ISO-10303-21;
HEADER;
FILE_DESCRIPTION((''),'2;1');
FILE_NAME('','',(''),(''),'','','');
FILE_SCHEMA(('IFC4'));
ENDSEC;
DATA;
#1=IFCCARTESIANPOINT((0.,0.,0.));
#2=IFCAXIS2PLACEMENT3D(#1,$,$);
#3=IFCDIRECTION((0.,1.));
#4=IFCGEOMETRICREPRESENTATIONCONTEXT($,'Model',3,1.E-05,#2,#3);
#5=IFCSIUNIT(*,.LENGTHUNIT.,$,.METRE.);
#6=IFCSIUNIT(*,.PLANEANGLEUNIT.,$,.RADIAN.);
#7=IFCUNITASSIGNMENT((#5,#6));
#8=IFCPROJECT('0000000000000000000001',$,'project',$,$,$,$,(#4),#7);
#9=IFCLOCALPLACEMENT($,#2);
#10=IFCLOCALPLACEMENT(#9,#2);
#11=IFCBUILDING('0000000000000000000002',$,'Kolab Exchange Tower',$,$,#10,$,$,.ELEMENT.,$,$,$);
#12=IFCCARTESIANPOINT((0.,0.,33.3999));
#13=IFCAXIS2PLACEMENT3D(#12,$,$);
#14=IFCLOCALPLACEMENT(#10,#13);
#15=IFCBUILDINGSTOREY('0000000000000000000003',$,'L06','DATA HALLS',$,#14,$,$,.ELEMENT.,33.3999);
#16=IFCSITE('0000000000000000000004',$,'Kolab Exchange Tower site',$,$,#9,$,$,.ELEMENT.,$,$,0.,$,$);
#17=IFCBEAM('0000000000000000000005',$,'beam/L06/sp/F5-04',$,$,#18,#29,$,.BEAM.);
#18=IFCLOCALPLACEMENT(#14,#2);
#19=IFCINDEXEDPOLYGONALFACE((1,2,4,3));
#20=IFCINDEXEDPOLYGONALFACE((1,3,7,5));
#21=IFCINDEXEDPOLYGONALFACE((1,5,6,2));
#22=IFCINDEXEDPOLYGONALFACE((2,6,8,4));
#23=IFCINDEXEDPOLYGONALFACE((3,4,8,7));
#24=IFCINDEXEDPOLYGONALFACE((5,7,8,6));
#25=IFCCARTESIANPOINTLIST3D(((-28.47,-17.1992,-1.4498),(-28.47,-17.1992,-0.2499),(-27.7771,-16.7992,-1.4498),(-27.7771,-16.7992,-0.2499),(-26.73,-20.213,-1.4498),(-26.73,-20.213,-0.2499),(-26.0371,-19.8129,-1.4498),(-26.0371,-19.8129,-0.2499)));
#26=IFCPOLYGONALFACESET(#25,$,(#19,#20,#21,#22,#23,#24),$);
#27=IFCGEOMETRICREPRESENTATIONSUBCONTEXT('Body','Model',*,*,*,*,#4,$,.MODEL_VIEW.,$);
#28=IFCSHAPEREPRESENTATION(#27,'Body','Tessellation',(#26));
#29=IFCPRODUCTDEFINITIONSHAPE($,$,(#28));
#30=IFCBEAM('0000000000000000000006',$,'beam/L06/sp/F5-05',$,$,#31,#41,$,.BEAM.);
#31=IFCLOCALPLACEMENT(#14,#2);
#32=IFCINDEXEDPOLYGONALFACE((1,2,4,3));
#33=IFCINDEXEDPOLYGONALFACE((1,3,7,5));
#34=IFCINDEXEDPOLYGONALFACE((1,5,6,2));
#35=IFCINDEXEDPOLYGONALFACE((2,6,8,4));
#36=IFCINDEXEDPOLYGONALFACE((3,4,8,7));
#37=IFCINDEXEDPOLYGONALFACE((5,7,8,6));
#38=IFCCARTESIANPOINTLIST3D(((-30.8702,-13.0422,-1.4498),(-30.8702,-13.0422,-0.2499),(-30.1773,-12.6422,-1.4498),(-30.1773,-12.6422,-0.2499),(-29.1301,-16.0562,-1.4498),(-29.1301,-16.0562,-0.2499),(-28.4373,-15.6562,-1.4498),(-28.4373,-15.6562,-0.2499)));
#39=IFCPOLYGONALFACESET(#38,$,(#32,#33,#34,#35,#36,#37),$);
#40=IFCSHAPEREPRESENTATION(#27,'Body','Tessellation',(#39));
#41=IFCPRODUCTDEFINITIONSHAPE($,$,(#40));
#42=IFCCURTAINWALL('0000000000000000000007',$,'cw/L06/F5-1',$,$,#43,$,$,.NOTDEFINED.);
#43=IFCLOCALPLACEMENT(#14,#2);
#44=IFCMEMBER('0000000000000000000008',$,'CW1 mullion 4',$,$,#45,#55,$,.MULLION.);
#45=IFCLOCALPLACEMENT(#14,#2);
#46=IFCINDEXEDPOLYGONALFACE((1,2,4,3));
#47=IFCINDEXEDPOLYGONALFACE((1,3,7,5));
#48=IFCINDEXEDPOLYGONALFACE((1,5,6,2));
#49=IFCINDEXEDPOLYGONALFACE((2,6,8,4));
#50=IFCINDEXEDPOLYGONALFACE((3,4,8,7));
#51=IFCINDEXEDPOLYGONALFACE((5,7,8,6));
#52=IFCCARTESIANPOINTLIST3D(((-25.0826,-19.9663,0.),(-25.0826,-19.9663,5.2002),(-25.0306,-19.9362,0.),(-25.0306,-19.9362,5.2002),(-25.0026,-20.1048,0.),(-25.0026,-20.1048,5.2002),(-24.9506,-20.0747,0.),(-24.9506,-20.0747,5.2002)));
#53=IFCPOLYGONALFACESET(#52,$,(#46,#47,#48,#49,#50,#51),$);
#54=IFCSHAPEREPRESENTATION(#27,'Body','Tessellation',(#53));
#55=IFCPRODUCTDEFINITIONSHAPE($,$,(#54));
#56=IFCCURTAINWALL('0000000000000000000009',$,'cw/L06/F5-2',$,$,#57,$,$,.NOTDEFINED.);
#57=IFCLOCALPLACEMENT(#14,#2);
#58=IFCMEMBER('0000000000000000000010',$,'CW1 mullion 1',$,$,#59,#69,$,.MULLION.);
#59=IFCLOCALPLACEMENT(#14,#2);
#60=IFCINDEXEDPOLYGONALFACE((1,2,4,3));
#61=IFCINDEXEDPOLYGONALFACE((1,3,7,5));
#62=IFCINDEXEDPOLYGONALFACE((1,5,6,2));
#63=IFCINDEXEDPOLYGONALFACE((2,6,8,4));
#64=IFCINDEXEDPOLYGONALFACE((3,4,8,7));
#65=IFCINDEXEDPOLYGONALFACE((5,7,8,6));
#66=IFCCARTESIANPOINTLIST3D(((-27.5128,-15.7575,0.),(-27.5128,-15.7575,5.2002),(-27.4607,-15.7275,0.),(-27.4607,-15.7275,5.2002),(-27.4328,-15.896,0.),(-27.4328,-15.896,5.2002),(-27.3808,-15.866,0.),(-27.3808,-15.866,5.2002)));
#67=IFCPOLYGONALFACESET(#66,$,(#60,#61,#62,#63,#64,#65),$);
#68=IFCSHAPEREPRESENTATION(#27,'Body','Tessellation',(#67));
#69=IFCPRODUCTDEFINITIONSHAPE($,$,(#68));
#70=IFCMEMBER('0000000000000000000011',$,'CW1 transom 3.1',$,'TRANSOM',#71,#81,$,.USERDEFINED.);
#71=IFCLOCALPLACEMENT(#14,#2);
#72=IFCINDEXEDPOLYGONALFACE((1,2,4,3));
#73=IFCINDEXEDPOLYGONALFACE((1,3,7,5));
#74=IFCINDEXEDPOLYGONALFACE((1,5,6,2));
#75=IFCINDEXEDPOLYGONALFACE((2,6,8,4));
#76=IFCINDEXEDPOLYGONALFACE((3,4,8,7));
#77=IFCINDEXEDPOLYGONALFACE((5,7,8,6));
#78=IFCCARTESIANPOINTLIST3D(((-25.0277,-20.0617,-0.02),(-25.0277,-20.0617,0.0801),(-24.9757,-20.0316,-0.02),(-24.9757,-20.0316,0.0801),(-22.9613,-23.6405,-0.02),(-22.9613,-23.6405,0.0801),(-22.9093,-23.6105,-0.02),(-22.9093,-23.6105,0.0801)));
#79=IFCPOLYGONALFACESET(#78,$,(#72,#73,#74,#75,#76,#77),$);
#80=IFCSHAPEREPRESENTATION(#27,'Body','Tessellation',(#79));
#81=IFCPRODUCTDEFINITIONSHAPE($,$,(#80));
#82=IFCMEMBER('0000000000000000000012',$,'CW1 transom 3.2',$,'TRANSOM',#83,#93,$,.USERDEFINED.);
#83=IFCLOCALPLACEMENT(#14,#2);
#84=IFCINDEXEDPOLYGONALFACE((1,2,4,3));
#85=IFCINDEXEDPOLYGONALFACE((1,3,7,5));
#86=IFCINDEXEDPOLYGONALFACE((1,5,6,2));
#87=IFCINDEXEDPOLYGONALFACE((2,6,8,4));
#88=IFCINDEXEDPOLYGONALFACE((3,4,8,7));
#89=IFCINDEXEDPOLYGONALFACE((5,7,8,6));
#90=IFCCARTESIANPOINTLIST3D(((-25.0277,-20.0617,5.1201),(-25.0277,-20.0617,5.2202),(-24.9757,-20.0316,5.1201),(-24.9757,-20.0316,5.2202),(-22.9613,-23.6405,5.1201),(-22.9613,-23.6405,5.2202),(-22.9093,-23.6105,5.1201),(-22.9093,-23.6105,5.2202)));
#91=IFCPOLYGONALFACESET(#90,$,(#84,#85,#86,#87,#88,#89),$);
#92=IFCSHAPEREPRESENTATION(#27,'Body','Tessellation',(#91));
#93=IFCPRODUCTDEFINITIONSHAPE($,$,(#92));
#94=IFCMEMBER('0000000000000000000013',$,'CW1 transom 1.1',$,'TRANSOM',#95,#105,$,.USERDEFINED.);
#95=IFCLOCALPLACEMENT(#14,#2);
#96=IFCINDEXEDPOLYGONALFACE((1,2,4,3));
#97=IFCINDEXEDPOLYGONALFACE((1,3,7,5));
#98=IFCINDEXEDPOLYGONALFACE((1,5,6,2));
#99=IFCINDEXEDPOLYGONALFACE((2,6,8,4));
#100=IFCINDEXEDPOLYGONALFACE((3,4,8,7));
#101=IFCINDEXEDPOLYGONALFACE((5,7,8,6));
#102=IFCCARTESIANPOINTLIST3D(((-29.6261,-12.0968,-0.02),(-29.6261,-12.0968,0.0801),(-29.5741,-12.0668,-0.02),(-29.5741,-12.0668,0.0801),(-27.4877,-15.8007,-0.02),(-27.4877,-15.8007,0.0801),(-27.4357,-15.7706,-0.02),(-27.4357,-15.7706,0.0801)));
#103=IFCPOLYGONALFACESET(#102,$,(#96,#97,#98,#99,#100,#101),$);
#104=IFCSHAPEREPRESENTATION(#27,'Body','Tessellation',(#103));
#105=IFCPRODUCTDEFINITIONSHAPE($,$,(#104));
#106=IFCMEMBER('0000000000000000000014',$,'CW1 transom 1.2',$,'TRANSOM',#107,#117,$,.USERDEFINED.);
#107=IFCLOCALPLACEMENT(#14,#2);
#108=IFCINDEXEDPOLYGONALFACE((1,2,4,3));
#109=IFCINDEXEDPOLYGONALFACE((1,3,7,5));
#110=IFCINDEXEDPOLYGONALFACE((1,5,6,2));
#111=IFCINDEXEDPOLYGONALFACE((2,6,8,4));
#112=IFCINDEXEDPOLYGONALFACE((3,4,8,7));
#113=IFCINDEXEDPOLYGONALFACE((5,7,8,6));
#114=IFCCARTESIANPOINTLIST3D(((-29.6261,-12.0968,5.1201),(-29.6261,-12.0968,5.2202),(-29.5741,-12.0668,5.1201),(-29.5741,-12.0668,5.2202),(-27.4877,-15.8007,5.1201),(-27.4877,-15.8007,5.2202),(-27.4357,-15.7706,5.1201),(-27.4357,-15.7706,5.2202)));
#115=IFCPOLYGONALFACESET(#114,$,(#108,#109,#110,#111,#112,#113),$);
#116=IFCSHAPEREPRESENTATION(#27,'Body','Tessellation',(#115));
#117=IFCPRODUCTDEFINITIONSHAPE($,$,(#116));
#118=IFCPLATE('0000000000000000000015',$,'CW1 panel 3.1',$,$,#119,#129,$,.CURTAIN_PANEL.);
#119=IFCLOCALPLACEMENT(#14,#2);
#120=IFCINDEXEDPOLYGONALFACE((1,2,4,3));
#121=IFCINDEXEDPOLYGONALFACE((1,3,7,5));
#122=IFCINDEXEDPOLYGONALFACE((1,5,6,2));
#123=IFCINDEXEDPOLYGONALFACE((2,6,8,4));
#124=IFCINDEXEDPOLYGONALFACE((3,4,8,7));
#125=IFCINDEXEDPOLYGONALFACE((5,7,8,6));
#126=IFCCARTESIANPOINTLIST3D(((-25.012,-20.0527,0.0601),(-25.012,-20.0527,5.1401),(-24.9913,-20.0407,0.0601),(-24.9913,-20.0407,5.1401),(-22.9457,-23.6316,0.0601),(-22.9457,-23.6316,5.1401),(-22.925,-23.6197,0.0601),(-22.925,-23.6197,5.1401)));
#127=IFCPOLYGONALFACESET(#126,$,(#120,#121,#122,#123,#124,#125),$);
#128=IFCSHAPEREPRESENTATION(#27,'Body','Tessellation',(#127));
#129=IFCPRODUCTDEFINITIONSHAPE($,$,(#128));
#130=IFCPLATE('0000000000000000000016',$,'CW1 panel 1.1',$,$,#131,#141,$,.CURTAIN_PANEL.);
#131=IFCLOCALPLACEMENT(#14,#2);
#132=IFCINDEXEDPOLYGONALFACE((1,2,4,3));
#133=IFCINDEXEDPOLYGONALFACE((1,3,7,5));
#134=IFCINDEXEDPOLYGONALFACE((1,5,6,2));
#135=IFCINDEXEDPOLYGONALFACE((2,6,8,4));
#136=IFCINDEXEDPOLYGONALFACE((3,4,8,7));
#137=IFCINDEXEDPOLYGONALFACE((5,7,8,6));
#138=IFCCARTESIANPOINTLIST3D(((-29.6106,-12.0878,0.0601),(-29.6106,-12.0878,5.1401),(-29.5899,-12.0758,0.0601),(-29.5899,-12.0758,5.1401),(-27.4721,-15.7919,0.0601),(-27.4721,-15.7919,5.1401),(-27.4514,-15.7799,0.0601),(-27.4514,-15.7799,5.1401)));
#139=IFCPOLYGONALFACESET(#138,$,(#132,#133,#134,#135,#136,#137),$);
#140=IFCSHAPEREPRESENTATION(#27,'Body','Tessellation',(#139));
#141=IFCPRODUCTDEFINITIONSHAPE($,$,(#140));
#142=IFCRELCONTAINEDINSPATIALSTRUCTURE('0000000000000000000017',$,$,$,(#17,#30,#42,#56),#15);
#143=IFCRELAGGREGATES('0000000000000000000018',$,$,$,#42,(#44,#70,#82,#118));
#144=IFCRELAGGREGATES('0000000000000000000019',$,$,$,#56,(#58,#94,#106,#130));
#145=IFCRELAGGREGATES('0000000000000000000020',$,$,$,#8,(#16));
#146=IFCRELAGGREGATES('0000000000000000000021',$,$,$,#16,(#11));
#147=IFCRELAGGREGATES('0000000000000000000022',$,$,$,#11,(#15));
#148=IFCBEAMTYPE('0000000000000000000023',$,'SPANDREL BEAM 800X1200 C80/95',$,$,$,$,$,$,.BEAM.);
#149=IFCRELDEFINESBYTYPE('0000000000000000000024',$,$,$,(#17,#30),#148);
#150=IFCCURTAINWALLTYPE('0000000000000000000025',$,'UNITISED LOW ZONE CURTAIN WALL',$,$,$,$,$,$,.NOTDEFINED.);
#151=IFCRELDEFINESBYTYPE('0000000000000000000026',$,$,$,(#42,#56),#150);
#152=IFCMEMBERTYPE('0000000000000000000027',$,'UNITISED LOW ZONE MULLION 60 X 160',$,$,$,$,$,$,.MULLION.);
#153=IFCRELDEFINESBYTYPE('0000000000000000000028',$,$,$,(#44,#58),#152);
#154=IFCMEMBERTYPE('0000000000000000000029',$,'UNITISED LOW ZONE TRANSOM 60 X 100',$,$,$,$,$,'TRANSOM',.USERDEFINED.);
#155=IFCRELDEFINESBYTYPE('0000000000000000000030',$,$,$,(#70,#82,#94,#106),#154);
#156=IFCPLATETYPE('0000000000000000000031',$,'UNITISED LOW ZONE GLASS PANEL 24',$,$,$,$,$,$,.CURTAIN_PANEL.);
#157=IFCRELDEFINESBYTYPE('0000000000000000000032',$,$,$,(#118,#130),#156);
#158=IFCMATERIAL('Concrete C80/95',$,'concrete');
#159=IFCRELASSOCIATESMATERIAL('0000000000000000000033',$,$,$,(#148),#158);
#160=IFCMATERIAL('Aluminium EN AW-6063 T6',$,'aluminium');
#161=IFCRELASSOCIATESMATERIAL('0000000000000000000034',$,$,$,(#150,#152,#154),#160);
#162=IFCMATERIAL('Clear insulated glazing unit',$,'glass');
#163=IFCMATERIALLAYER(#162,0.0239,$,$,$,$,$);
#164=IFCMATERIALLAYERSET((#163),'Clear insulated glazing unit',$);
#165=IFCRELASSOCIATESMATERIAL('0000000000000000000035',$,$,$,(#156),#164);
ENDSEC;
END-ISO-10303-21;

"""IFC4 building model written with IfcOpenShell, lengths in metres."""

from ifc_helpers import new_model, si_unit, direction, frame, origin, origin_2d, place, context, subcontext, project, spatial, rectangle, extrude, material, layer, layer_set, material_profile, profile_set, type_object, element, aggregate, save


model = new_model("IFC4")

# Units and contexts
model_context = context("Model", 3, precision=1e-05, world=origin(), true_north=direction((0.0, 1.0)))
body_context = subcontext(model_context, "Body", "Model", "MODEL_VIEW")
ifc_project = project(units=[si_unit("LENGTHUNIT", "METRE"), si_unit("PLANEANGLEUNIT", "RADIAN")], contexts=[model_context])

# Site, building, storey
site_placement = place(None, origin())
site = spatial("IfcSite", under=ifc_project, at=site_placement, Name="Kolab Exchange Tower site", CompositionType="ELEMENT", RefElevation=0.0)
building_placement = place(site_placement, origin())
building = spatial("IfcBuilding", under=site, at=building_placement, Name="Kolab Exchange Tower", CompositionType="ELEMENT")
storey_placement = place(building_placement, frame((0.0, 0.0, 33.3999)))
storey = spatial("IfcBuildingStorey", under=building, at=storey_placement, Name="L06", Description="DATA HALLS", CompositionType="ELEMENT", Elevation=33.3999)

# Shared definitions
ifc_material_1 = material(Name="Concrete C80/95", Category="concrete")

# Beams
ifc_material_profile_1 = material_profile(ifc_material_1, rectangle(XDim=0.8, YDim=1.2, at=origin_2d()), Name="RC800X1200")
ifc_profile_set_1 = profile_set([ifc_material_profile_1], Name="Concrete C80/95")
beam_type_1 = type_object("IfcBeamType", Name="SPANDREL BEAM 800X1200 C80/95", PredefinedType="BEAM", material=ifc_profile_set_1)
beam_1_placement = place(storey_placement, frame((-26.3835, -20.0129, -0.8499), z_axis=(-0.50001, 0.86602, 0.0), x_axis=(-0.86602, -0.50001, 0.0)))
element("IfcBeam", 1, at=beam_1_placement, inside=storey, type_object=beam_type_1, Name="beam/L06/sp/F5-04", PredefinedType="BEAM", context=body_context, shape_type="SweptSolid", body=[
    extrude(rectangle(XDim=0.8, YDim=1.2, at=origin_2d()), origin(), (0.0, 0.0, 1.0), 3.48),
])
beam_2_placement = place(storey_placement, frame((-28.7837, -15.8562, -0.8499), z_axis=(-0.49998, 0.866037, 0.0), x_axis=(-0.866037, -0.49998, 0.0)))
element("IfcBeam", 2, at=beam_2_placement, inside=storey, type_object=beam_type_1, Name="beam/L06/sp/F5-05", PredefinedType="BEAM", context=body_context, shape_type="SweptSolid", body=[
    extrude(rectangle(XDim=0.8, YDim=1.2, at=origin_2d()), origin(), (0.0, 0.0, 1.0), 3.4802),
])

# Curtain walls, members
ifc_material_2 = material(Name="Aluminium EN AW-6063 T6", Category="aluminium")
curtain_wall_type = type_object("IfcCurtainWallType", Name="UNITISED LOW ZONE CURTAIN WALL", PredefinedType="NOTDEFINED", material=ifc_material_2)
curtain_wall_1_placement = place(storey_placement, origin())
curtain_wall_1 = element("IfcCurtainWall", 3, at=curtain_wall_1_placement, inside=storey, type_object=curtain_wall_type, Name="cw/L06/F5-1", PredefinedType="NOTDEFINED")
ifc_material_profile_2 = material_profile(ifc_material_2, rectangle(XDim=0.0601, YDim=0.1599, at=origin_2d()), Name="RECT 60X160")
ifc_profile_set_2 = profile_set([ifc_material_profile_2], Name="Aluminium EN AW-6063 T6")
member_type_1 = type_object("IfcMemberType", Name="UNITISED LOW ZONE MULLION 60 X 160", PredefinedType="MULLION", material=ifc_profile_set_2)
member_1_placement = place(storey_placement, frame((-25.0166, -20.0205, 0.0), z_axis=(0.0, 0.0, 1.0), x_axis=(-0.866025, -0.5, 0.0)))
member_1 = element("IfcMember", 4, at=member_1_placement, type_object=member_type_1, Name="CW1 mullion 4", PredefinedType="MULLION", context=body_context, shape_type="SweptSolid", body=[
    extrude(rectangle(XDim=0.0601, YDim=0.1599, at=origin_2d()), origin(), (0.0, 0.0, 1.0), 5.2002),
])
curtain_wall_2_placement = place(storey_placement, origin())
curtain_wall_2 = element("IfcCurtainWall", 5, at=curtain_wall_2_placement, inside=storey, type_object=curtain_wall_type, Name="cw/L06/F5-2", PredefinedType="NOTDEFINED")
member_2_placement = place(storey_placement, frame((-27.4468, -15.8118, 0.0), z_axis=(0.0, 0.0, 1.0), x_axis=(-0.866025, -0.5, 0.0)))
member_2 = element("IfcMember", 6, at=member_2_placement, type_object=member_type_1, Name="CW1 mullion 1", PredefinedType="MULLION", context=body_context, shape_type="SweptSolid", body=[
    extrude(rectangle(XDim=0.0601, YDim=0.1599, at=origin_2d()), origin(), (0.0, 0.0, 1.0), 5.2002),
])

# Members
ifc_material_profile_3 = material_profile(ifc_material_2, rectangle(XDim=0.0601, YDim=0.1001, at=origin_2d()), Name="RECT 60X100")
ifc_profile_set_3 = profile_set([ifc_material_profile_3], Name="Aluminium EN AW-6063 T6")
member_type_2 = type_object("IfcMemberType", Name="UNITISED LOW ZONE TRANSOM 60 X 100", ElementType="TRANSOM", PredefinedType="USERDEFINED", material=ifc_profile_set_3)
member_3_placement = place(storey_placement, frame((-22.9353, -23.6255, 0.03), z_axis=(-0.500028, 0.866009, 0.0), x_axis=(-0.866009, -0.500028, 0.0)))
member_3 = element("IfcMember", 7, at=member_3_placement, type_object=member_type_2, Name="CW1 transom 3.1", ObjectType="TRANSOM", PredefinedType="USERDEFINED", context=body_context, shape_type="SweptSolid", body=[
    extrude(rectangle(XDim=0.0601, YDim=0.1001, at=origin_2d()), origin(), (0.0, 0.0, 1.0), 4.1326),
])
member_4_placement = place(storey_placement, frame((-22.9353, -23.6255, 5.1702), z_axis=(-0.500028, 0.866009, 0.0), x_axis=(-0.866009, -0.500028, 0.0)))
member_4 = element("IfcMember", 8, at=member_4_placement, type_object=member_type_2, Name="CW1 transom 3.2", ObjectType="TRANSOM", PredefinedType="USERDEFINED", context=body_context, shape_type="SweptSolid", body=[
    extrude(rectangle(XDim=0.0601, YDim=0.1001, at=origin_2d()), origin(), (0.0, 0.0, 1.0), 4.1326),
])
member_5_placement = place(storey_placement, frame((-27.4617, -15.7856, 0.03), z_axis=(-0.500001, 0.866025, 0.0), x_axis=(-0.866025, -0.500001, 0.0)))
member_5 = element("IfcMember", 9, at=member_5_placement, type_object=member_type_2, Name="CW1 transom 1.1", ObjectType="TRANSOM", PredefinedType="USERDEFINED", context=body_context, shape_type="SweptSolid", body=[
    extrude(rectangle(XDim=0.0601, YDim=0.1001, at=origin_2d()), origin(), (0.0, 0.0, 1.0), 4.2769),
])
member_6_placement = place(storey_placement, frame((-27.4617, -15.7856, 5.1702), z_axis=(-0.500001, 0.866025, 0.0), x_axis=(-0.866025, -0.500001, 0.0)))
member_6 = element("IfcMember", 10, at=member_6_placement, type_object=member_type_2, Name="CW1 transom 1.2", ObjectType="TRANSOM", PredefinedType="USERDEFINED", context=body_context, shape_type="SweptSolid", body=[
    extrude(rectangle(XDim=0.0601, YDim=0.1001, at=origin_2d()), origin(), (0.0, 0.0, 1.0), 4.2769),
])

# Plates
ifc_material_3 = material(Name="Clear insulated glazing unit", Category="glass")
ifc_layer_1 = layer(ifc_material_3, 0.0239)
ifc_layer_set_1 = layer_set([ifc_layer_1], Name="Clear insulated glazing unit")
plate_type = type_object("IfcPlateType", Name="UNITISED LOW ZONE GLASS PANEL 24", PredefinedType="CURTAIN_PANEL", material=ifc_layer_set_1)
plate_1_placement = place(storey_placement, frame((-23.9685, -21.8362, 0.0601), z_axis=(0.0, 0.0, 1.0), x_axis=(-0.5, 0.866025, 0.0)))
plate_1 = element("IfcPlate", 11, at=plate_1_placement, type_object=plate_type, Name="CW1 panel 3.1", PredefinedType="CURTAIN_PANEL", context=body_context, shape_type="SweptSolid", body=[
    extrude(rectangle(XDim=4.1326, YDim=0.0239, at=origin_2d()), origin(), (0.0, 0.0, 1.0), 5.0801),
])
aggregate(curtain_wall_1, [member_1, member_3, member_4, plate_1])
plate_2_placement = place(storey_placement, frame((-28.531, -13.9338, 0.0601), z_axis=(0.0, 0.0, 1.0), x_axis=(-0.5, 0.866025, 0.0)))
plate_2 = element("IfcPlate", 12, at=plate_2_placement, type_object=plate_type, Name="CW1 panel 1.1", PredefinedType="CURTAIN_PANEL", context=body_context, shape_type="SweptSolid", body=[
    extrude(rectangle(XDim=4.2771, YDim=0.0239, at=origin_2d()), origin(), (0.0, 0.0, 1.0), 5.0801),
])
aggregate(curtain_wall_2, [member_2, member_5, member_6, plate_2])

save(model, "model.ifc")
